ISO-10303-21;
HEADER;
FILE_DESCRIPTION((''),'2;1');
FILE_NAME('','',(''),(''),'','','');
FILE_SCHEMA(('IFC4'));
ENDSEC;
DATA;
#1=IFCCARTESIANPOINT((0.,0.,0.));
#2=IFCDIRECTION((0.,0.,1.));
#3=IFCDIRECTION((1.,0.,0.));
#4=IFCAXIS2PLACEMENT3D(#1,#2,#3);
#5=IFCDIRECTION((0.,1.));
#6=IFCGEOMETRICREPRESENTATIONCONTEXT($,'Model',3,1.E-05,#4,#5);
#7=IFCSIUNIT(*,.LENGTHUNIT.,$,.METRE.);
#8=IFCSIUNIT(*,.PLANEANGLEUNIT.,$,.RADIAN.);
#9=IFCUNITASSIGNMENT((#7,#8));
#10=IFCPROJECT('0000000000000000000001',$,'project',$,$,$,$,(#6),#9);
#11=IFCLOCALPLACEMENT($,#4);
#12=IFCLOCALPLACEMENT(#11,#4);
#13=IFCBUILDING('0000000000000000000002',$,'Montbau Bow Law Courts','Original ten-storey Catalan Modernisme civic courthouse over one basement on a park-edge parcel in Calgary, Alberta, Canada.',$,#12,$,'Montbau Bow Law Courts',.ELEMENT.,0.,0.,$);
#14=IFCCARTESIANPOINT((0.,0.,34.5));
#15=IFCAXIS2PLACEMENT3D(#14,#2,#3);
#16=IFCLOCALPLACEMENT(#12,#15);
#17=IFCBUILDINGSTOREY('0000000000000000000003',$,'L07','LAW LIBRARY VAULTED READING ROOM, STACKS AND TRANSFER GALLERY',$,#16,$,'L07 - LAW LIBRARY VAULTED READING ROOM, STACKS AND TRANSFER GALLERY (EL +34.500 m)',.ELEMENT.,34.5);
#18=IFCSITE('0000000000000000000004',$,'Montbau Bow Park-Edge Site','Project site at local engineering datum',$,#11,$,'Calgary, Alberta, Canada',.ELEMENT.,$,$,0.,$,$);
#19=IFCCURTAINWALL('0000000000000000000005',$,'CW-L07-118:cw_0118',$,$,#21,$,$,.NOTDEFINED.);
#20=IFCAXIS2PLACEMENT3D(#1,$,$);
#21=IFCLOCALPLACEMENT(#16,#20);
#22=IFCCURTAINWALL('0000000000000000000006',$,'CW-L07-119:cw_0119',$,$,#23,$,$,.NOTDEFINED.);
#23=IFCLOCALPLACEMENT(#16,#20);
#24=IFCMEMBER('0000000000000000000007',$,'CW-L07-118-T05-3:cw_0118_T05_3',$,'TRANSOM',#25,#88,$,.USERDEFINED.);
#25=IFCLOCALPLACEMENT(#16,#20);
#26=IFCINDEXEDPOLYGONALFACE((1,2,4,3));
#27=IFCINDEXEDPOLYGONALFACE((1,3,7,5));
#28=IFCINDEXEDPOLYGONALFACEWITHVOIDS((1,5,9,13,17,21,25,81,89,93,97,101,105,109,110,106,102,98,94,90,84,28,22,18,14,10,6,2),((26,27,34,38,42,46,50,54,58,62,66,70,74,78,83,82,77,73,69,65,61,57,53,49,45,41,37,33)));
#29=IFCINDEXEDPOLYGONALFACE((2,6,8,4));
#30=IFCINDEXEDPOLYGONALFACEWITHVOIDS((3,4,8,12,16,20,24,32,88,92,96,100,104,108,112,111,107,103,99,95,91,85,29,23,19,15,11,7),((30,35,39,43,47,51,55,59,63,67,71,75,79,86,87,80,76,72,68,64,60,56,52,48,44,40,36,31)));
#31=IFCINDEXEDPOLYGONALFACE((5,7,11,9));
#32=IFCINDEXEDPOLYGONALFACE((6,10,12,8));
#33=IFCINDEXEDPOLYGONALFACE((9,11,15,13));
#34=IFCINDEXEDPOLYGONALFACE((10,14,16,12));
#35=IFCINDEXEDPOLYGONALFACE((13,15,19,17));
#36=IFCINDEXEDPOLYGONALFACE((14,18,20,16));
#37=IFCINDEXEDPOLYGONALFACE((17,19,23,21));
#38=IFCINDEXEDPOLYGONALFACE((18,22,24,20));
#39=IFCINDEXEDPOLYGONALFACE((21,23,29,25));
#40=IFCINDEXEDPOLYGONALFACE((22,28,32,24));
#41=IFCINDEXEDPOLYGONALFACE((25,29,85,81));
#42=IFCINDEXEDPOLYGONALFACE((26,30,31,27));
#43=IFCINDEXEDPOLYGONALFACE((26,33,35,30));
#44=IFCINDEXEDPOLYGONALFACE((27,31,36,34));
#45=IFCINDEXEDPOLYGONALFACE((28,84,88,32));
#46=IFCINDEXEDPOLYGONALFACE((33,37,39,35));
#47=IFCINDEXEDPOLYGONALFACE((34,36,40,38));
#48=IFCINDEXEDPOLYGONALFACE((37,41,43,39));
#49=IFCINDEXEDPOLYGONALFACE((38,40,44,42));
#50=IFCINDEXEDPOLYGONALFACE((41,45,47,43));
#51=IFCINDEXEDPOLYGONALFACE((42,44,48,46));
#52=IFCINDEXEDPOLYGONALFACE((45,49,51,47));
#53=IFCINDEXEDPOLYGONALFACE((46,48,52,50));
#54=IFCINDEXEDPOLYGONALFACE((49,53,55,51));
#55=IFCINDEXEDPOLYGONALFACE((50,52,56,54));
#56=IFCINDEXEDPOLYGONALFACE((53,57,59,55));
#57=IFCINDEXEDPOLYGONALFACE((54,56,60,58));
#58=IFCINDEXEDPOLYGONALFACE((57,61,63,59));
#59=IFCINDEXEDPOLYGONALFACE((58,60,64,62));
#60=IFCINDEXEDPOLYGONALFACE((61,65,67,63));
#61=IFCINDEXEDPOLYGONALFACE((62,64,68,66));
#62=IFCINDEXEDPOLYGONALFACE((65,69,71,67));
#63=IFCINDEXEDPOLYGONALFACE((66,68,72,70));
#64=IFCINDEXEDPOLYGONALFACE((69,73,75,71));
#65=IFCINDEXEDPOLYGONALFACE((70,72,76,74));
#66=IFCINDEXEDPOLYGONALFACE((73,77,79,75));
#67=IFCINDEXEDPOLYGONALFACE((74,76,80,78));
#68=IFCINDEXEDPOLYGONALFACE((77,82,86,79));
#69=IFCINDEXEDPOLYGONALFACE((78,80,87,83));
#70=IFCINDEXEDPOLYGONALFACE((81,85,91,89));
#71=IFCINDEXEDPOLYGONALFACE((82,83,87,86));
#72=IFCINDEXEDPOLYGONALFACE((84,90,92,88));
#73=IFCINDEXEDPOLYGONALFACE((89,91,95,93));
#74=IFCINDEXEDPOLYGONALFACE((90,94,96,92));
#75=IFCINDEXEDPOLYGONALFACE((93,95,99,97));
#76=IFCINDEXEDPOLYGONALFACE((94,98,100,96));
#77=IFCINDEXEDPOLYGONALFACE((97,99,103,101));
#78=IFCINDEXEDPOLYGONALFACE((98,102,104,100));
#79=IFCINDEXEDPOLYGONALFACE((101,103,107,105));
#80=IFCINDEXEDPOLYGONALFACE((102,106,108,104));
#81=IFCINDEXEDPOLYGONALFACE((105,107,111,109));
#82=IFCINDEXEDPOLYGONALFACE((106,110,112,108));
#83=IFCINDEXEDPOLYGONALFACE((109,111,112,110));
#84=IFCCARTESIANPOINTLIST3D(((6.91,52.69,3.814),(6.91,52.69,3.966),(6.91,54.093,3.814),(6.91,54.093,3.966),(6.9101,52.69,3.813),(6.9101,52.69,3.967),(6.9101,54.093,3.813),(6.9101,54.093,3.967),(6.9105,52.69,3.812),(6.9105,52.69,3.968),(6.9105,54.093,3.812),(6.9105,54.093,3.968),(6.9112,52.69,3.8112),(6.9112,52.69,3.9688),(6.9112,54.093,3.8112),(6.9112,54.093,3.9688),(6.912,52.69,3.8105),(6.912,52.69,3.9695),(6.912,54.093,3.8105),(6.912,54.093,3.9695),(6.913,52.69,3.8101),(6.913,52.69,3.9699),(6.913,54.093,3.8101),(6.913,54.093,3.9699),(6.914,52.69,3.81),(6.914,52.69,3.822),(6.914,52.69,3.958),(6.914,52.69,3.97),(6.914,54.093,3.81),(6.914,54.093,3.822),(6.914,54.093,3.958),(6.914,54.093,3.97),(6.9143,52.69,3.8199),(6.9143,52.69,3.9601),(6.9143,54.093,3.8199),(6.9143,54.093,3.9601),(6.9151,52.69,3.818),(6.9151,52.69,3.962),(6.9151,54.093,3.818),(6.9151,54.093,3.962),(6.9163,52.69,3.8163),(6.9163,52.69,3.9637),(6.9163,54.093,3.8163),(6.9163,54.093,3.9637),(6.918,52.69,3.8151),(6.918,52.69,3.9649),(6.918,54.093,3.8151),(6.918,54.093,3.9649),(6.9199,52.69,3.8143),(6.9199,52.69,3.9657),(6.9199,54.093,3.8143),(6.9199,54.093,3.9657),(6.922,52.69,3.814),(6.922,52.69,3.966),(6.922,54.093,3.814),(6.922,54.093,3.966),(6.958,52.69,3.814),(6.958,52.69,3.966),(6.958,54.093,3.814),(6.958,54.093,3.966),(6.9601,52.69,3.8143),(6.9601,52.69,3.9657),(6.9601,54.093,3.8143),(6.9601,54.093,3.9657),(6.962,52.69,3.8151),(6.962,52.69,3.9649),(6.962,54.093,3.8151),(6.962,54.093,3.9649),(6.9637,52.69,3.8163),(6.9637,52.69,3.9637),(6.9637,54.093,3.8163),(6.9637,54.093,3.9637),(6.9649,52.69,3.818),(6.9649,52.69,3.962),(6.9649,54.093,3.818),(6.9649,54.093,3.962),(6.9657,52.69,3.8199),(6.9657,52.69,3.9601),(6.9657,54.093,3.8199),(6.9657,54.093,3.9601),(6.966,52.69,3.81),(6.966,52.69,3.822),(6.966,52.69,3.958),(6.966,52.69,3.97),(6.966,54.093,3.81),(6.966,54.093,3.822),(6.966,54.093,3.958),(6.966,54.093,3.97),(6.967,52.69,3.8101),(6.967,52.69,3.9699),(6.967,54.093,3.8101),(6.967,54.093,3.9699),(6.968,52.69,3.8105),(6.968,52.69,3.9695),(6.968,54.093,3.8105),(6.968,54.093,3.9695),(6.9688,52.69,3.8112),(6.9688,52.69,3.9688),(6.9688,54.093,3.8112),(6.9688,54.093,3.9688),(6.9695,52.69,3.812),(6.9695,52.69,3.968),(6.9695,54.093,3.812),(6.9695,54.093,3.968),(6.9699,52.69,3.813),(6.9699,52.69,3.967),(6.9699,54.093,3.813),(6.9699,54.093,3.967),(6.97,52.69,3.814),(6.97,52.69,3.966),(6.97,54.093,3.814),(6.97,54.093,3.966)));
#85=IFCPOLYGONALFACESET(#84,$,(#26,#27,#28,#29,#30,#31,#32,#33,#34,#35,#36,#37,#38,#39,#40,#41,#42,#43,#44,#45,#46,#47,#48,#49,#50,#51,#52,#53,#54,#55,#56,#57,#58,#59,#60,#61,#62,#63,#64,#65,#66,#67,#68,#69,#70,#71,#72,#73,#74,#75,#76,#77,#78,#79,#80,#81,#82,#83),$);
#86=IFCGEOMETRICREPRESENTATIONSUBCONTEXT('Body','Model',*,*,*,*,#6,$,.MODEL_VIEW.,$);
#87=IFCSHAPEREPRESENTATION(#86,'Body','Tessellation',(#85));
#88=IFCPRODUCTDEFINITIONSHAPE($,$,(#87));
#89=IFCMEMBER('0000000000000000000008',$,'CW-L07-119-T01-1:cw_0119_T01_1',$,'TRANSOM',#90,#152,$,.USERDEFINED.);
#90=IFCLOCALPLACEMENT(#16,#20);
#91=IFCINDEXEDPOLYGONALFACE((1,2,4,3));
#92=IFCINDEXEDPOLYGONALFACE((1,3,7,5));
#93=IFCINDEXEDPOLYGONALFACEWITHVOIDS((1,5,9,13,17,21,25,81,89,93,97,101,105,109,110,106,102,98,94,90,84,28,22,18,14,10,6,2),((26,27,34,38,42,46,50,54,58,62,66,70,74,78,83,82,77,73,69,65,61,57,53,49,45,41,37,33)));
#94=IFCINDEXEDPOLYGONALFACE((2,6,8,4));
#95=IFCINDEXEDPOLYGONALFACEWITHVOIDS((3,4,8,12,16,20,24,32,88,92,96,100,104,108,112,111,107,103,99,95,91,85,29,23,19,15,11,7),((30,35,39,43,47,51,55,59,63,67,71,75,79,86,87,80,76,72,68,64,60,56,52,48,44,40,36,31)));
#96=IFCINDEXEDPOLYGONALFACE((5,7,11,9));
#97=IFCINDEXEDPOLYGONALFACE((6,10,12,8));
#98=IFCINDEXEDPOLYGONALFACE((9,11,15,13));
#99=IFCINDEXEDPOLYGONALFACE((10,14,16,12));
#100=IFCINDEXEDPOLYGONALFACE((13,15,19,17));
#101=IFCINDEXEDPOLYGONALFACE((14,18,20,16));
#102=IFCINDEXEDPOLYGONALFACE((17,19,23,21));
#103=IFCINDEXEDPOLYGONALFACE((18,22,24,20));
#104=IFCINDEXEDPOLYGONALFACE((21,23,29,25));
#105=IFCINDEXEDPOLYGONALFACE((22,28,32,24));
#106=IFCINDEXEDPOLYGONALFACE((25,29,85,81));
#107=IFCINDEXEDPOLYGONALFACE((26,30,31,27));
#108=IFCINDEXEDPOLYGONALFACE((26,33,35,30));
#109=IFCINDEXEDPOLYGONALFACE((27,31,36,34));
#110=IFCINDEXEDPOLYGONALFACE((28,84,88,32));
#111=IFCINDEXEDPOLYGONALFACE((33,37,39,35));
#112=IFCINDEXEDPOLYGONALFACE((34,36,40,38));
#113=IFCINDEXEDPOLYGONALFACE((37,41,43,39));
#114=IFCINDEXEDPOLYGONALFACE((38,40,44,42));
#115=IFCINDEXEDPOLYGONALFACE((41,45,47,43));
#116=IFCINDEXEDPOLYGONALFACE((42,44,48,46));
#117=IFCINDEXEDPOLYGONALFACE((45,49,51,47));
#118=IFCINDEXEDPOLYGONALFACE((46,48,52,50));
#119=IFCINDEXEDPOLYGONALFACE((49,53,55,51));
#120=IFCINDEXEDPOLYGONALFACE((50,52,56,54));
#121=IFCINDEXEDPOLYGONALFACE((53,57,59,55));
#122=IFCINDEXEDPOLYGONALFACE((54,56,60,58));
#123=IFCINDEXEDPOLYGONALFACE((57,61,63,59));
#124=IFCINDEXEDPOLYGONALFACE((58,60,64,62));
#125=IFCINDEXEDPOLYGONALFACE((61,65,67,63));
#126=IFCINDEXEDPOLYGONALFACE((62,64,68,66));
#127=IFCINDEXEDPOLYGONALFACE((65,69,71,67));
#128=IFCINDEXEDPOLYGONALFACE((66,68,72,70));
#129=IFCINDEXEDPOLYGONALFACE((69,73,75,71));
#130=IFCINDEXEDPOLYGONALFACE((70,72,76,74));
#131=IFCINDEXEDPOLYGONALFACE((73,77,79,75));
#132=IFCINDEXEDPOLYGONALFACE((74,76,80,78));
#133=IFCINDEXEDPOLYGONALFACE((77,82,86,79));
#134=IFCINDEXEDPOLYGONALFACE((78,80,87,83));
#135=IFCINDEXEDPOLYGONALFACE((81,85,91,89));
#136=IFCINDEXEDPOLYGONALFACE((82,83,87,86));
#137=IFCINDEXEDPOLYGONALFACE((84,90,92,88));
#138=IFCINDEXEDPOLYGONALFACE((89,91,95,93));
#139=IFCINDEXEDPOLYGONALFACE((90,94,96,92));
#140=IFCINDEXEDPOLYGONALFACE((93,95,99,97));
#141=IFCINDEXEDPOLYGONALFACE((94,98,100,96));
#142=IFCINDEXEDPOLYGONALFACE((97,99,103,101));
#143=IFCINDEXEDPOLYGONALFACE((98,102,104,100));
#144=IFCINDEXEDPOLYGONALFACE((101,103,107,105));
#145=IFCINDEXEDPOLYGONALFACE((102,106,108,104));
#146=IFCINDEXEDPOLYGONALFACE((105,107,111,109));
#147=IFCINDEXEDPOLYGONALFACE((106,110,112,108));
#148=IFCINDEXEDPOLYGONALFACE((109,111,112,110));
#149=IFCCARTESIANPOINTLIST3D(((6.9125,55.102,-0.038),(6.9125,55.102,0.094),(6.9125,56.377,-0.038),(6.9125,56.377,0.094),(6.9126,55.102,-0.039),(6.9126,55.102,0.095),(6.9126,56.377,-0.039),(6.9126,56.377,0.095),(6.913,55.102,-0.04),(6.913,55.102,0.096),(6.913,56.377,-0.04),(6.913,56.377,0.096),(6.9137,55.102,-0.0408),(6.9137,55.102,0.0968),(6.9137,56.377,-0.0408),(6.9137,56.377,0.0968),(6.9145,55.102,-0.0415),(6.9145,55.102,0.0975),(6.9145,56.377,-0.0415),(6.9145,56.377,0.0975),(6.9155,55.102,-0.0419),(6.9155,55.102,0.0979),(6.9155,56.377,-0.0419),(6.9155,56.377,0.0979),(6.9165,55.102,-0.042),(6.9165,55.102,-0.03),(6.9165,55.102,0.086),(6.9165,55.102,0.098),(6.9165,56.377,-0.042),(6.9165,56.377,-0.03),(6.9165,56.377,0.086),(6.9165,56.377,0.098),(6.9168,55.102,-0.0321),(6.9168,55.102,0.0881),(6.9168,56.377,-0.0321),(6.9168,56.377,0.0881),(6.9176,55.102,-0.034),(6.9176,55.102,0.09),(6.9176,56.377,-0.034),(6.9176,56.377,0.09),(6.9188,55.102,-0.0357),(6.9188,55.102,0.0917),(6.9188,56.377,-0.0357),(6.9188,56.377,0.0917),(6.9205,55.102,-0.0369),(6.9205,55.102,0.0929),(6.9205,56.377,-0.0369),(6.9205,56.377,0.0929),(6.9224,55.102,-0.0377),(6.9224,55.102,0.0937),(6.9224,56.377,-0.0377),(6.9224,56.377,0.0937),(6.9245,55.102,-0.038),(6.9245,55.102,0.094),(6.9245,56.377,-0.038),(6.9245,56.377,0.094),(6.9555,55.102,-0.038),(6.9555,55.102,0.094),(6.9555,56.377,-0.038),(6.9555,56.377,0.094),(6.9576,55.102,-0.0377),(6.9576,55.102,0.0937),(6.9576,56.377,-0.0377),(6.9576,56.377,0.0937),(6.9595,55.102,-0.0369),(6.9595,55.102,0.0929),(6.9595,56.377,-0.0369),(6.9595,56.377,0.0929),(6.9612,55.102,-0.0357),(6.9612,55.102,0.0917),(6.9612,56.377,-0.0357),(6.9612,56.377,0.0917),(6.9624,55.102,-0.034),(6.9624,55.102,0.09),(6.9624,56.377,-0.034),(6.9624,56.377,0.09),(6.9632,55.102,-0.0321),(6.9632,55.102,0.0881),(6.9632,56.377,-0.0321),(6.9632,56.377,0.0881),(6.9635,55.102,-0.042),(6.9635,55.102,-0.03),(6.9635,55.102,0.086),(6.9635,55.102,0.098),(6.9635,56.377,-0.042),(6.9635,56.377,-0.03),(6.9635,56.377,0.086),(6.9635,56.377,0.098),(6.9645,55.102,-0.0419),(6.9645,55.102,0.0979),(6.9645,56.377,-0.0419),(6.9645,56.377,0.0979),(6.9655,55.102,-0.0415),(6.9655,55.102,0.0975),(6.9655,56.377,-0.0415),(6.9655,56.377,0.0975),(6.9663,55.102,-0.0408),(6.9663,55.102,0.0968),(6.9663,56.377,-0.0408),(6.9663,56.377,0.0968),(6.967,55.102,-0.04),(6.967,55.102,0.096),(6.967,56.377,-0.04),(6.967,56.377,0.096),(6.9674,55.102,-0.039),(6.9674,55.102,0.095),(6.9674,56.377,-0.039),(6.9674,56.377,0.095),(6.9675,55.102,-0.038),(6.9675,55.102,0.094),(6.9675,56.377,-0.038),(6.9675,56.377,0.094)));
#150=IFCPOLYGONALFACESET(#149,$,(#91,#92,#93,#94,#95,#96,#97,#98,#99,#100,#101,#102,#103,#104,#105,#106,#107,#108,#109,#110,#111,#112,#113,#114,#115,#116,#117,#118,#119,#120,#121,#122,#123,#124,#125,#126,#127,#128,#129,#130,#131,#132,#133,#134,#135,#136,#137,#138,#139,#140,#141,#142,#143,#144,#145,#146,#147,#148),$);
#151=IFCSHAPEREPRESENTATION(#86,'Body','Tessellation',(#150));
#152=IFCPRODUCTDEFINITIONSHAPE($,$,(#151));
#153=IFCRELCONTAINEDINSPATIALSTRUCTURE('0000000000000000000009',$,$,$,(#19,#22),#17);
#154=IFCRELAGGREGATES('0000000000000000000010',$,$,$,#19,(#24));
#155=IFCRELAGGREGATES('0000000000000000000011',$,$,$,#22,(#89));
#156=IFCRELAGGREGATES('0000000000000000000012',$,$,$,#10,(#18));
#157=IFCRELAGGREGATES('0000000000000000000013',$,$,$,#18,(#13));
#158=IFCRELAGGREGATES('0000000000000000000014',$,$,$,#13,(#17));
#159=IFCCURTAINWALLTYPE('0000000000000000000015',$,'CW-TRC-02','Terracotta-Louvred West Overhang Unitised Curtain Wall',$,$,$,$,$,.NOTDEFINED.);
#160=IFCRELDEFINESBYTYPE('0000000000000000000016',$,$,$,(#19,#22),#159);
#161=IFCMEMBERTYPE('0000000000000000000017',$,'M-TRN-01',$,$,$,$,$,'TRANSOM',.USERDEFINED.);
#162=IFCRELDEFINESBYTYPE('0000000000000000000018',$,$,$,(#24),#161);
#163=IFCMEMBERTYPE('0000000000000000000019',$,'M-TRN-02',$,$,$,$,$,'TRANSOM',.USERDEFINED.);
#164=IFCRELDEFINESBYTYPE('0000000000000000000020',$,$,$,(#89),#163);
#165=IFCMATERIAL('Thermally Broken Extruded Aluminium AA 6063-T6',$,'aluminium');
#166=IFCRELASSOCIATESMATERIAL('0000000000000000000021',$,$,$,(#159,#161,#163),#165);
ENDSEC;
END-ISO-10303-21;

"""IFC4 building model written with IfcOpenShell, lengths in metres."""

from ifc_helpers import new_model, si_unit, direction, frame, origin_with_axes, origin_2d_with_axis, place, context, subcontext, project, spatial, hollow_rectangle, extrude, material, material_profile, profile_set, type_object, element, aggregate, save


model = new_model("IFC4")

# Units and contexts
model_context = context("Model", 3, precision=1e-05, world=origin_with_axes(), true_north=direction((0.0, 1.0)))
body_context = subcontext(model_context, "Body", "Model", "MODEL_VIEW")
ifc_project = project(units=[si_unit("LENGTHUNIT", "METRE"), si_unit("PLANEANGLEUNIT", "RADIAN")], contexts=[model_context])

# Site, building, storey
site_placement = place(None, origin_with_axes())
site = spatial("IfcSite", under=ifc_project, at=site_placement, Name="Montbau Bow Park-Edge Site", Description="Project site at local engineering datum", LongName="Calgary, Alberta, Canada", CompositionType="ELEMENT", RefElevation=0.0)
building_placement = place(site_placement, origin_with_axes())
building = spatial("IfcBuilding", under=site, at=building_placement, Name="Montbau Bow Law Courts", Description="Original ten-storey Catalan Modernisme civic courthouse over one basement on a park-edge parcel in Calgary, Alberta, Canada.", LongName="Montbau Bow Law Courts", CompositionType="ELEMENT", ElevationOfRefHeight=0.0, ElevationOfTerrain=0.0)
storey_placement = place(building_placement, frame((0.0, 0.0, 34.5), z_axis=(0.0, 0.0, 1.0), x_axis=(1.0, 0.0, 0.0)))
storey = spatial("IfcBuildingStorey", under=building, at=storey_placement, Name="L07", Description="LAW LIBRARY VAULTED READING ROOM, STACKS AND TRANSFER GALLERY", LongName="L07 - LAW LIBRARY VAULTED READING ROOM, STACKS AND TRANSFER GALLERY (EL +34.500 m)", CompositionType="ELEMENT", Elevation=34.5)

# Curtain wall
ifc_material_1 = material(Name="Thermally Broken Extruded Aluminium AA 6063-T6", Category="aluminium")
curtain_wall_type = type_object("IfcCurtainWallType", Name="CW-TRC-02", Description="Terracotta-Louvred West Overhang Unitised Curtain Wall", PredefinedType="NOTDEFINED", material=ifc_material_1)
curtain_wall_1_placement = place(None, frame((6.94, 46.64, 34.5), z_axis=(0.0, 0.0, 1.0), x_axis=(1.0, 0.0, 0.0)))
curtain_wall_1 = element("IfcCurtainWall", 1, at=curtain_wall_1_placement, inside=storey, type_object=curtain_wall_type, Name="CW-L07-118:cw_0118", PredefinedType="NOTDEFINED")

# Curtain wall
curtain_wall_2_placement = place(None, frame((6.94, 55.04, 34.5), z_axis=(0.0, 0.0, 1.0), x_axis=(1.0, 0.0, 0.0)))
curtain_wall_2 = element("IfcCurtainWall", 2, at=curtain_wall_2_placement, inside=storey, type_object=curtain_wall_type, Name="CW-L07-119:cw_0119", PredefinedType="NOTDEFINED")

# Members
ifc_material_profile_1 = material_profile(ifc_material_1, hollow_rectangle(XDim=0.06, YDim=0.16, WallThickness=0.004, InnerFilletRadius=0.008, OuterFilletRadius=0.004, at=origin_2d_with_axis()), Name="CWT-160X60", Category="Main", Priority=0)
ifc_profile_set_1 = profile_set([ifc_material_profile_1], Name="Thermally Broken Extruded Aluminium AA 6063-T6")
member_type_1 = type_object("IfcMemberType", Name="M-TRN-01", ElementType="TRANSOM", PredefinedType="USERDEFINED", material=ifc_profile_set_1)
member_1_placement = place(None, frame((6.94, 52.69, 38.39), z_axis=(0.0, 1.0, 0.0), x_axis=(-1.0, 0.0, 0.0)))
member_1 = element("IfcMember", 3, at=member_1_placement, type_object=member_type_1, Name="CW-L07-118-T05-3:cw_0118_T05_3", ObjectType="TRANSOM", PredefinedType="USERDEFINED", context=body_context, shape_type="SweptSolid", body=[
    extrude(hollow_rectangle(XDim=0.06, YDim=0.16, WallThickness=0.004, InnerFilletRadius=0.008, OuterFilletRadius=0.004, at=origin_2d_with_axis()), origin_with_axes(), (0.0, 0.0, 1.0), 1.403),
])
ifc_material_profile_2 = material_profile(ifc_material_1, hollow_rectangle(XDim=0.055, YDim=0.14, WallThickness=0.004, InnerFilletRadius=0.008, OuterFilletRadius=0.004, at=origin_2d_with_axis()), Name="CWT-140X55", Category="Main", Priority=0)
ifc_profile_set_2 = profile_set([ifc_material_profile_2], Name="Thermally Broken Extruded Aluminium AA 6063-T6")
member_type_2 = type_object("IfcMemberType", Name="M-TRN-02", ElementType="TRANSOM", PredefinedType="USERDEFINED", material=ifc_profile_set_2)
member_2_placement = place(None, frame((6.94, 55.102, 34.528), z_axis=(0.0, 1.0, 0.0), x_axis=(-1.0, 0.0, 0.0)))
member_2 = element("IfcMember", 4, at=member_2_placement, type_object=member_type_2, Name="CW-L07-119-T01-1:cw_0119_T01_1", ObjectType="TRANSOM", PredefinedType="USERDEFINED", context=body_context, shape_type="SweptSolid", body=[
    extrude(hollow_rectangle(XDim=0.055, YDim=0.14, WallThickness=0.004, InnerFilletRadius=0.008, OuterFilletRadius=0.004, at=origin_2d_with_axis()), origin_with_axes(), (0.0, 0.0, 1.0), 1.275),
])

aggregate(curtain_wall_1, [member_1])
aggregate(curtain_wall_2, [member_2])

save(model, "model.ifc")
